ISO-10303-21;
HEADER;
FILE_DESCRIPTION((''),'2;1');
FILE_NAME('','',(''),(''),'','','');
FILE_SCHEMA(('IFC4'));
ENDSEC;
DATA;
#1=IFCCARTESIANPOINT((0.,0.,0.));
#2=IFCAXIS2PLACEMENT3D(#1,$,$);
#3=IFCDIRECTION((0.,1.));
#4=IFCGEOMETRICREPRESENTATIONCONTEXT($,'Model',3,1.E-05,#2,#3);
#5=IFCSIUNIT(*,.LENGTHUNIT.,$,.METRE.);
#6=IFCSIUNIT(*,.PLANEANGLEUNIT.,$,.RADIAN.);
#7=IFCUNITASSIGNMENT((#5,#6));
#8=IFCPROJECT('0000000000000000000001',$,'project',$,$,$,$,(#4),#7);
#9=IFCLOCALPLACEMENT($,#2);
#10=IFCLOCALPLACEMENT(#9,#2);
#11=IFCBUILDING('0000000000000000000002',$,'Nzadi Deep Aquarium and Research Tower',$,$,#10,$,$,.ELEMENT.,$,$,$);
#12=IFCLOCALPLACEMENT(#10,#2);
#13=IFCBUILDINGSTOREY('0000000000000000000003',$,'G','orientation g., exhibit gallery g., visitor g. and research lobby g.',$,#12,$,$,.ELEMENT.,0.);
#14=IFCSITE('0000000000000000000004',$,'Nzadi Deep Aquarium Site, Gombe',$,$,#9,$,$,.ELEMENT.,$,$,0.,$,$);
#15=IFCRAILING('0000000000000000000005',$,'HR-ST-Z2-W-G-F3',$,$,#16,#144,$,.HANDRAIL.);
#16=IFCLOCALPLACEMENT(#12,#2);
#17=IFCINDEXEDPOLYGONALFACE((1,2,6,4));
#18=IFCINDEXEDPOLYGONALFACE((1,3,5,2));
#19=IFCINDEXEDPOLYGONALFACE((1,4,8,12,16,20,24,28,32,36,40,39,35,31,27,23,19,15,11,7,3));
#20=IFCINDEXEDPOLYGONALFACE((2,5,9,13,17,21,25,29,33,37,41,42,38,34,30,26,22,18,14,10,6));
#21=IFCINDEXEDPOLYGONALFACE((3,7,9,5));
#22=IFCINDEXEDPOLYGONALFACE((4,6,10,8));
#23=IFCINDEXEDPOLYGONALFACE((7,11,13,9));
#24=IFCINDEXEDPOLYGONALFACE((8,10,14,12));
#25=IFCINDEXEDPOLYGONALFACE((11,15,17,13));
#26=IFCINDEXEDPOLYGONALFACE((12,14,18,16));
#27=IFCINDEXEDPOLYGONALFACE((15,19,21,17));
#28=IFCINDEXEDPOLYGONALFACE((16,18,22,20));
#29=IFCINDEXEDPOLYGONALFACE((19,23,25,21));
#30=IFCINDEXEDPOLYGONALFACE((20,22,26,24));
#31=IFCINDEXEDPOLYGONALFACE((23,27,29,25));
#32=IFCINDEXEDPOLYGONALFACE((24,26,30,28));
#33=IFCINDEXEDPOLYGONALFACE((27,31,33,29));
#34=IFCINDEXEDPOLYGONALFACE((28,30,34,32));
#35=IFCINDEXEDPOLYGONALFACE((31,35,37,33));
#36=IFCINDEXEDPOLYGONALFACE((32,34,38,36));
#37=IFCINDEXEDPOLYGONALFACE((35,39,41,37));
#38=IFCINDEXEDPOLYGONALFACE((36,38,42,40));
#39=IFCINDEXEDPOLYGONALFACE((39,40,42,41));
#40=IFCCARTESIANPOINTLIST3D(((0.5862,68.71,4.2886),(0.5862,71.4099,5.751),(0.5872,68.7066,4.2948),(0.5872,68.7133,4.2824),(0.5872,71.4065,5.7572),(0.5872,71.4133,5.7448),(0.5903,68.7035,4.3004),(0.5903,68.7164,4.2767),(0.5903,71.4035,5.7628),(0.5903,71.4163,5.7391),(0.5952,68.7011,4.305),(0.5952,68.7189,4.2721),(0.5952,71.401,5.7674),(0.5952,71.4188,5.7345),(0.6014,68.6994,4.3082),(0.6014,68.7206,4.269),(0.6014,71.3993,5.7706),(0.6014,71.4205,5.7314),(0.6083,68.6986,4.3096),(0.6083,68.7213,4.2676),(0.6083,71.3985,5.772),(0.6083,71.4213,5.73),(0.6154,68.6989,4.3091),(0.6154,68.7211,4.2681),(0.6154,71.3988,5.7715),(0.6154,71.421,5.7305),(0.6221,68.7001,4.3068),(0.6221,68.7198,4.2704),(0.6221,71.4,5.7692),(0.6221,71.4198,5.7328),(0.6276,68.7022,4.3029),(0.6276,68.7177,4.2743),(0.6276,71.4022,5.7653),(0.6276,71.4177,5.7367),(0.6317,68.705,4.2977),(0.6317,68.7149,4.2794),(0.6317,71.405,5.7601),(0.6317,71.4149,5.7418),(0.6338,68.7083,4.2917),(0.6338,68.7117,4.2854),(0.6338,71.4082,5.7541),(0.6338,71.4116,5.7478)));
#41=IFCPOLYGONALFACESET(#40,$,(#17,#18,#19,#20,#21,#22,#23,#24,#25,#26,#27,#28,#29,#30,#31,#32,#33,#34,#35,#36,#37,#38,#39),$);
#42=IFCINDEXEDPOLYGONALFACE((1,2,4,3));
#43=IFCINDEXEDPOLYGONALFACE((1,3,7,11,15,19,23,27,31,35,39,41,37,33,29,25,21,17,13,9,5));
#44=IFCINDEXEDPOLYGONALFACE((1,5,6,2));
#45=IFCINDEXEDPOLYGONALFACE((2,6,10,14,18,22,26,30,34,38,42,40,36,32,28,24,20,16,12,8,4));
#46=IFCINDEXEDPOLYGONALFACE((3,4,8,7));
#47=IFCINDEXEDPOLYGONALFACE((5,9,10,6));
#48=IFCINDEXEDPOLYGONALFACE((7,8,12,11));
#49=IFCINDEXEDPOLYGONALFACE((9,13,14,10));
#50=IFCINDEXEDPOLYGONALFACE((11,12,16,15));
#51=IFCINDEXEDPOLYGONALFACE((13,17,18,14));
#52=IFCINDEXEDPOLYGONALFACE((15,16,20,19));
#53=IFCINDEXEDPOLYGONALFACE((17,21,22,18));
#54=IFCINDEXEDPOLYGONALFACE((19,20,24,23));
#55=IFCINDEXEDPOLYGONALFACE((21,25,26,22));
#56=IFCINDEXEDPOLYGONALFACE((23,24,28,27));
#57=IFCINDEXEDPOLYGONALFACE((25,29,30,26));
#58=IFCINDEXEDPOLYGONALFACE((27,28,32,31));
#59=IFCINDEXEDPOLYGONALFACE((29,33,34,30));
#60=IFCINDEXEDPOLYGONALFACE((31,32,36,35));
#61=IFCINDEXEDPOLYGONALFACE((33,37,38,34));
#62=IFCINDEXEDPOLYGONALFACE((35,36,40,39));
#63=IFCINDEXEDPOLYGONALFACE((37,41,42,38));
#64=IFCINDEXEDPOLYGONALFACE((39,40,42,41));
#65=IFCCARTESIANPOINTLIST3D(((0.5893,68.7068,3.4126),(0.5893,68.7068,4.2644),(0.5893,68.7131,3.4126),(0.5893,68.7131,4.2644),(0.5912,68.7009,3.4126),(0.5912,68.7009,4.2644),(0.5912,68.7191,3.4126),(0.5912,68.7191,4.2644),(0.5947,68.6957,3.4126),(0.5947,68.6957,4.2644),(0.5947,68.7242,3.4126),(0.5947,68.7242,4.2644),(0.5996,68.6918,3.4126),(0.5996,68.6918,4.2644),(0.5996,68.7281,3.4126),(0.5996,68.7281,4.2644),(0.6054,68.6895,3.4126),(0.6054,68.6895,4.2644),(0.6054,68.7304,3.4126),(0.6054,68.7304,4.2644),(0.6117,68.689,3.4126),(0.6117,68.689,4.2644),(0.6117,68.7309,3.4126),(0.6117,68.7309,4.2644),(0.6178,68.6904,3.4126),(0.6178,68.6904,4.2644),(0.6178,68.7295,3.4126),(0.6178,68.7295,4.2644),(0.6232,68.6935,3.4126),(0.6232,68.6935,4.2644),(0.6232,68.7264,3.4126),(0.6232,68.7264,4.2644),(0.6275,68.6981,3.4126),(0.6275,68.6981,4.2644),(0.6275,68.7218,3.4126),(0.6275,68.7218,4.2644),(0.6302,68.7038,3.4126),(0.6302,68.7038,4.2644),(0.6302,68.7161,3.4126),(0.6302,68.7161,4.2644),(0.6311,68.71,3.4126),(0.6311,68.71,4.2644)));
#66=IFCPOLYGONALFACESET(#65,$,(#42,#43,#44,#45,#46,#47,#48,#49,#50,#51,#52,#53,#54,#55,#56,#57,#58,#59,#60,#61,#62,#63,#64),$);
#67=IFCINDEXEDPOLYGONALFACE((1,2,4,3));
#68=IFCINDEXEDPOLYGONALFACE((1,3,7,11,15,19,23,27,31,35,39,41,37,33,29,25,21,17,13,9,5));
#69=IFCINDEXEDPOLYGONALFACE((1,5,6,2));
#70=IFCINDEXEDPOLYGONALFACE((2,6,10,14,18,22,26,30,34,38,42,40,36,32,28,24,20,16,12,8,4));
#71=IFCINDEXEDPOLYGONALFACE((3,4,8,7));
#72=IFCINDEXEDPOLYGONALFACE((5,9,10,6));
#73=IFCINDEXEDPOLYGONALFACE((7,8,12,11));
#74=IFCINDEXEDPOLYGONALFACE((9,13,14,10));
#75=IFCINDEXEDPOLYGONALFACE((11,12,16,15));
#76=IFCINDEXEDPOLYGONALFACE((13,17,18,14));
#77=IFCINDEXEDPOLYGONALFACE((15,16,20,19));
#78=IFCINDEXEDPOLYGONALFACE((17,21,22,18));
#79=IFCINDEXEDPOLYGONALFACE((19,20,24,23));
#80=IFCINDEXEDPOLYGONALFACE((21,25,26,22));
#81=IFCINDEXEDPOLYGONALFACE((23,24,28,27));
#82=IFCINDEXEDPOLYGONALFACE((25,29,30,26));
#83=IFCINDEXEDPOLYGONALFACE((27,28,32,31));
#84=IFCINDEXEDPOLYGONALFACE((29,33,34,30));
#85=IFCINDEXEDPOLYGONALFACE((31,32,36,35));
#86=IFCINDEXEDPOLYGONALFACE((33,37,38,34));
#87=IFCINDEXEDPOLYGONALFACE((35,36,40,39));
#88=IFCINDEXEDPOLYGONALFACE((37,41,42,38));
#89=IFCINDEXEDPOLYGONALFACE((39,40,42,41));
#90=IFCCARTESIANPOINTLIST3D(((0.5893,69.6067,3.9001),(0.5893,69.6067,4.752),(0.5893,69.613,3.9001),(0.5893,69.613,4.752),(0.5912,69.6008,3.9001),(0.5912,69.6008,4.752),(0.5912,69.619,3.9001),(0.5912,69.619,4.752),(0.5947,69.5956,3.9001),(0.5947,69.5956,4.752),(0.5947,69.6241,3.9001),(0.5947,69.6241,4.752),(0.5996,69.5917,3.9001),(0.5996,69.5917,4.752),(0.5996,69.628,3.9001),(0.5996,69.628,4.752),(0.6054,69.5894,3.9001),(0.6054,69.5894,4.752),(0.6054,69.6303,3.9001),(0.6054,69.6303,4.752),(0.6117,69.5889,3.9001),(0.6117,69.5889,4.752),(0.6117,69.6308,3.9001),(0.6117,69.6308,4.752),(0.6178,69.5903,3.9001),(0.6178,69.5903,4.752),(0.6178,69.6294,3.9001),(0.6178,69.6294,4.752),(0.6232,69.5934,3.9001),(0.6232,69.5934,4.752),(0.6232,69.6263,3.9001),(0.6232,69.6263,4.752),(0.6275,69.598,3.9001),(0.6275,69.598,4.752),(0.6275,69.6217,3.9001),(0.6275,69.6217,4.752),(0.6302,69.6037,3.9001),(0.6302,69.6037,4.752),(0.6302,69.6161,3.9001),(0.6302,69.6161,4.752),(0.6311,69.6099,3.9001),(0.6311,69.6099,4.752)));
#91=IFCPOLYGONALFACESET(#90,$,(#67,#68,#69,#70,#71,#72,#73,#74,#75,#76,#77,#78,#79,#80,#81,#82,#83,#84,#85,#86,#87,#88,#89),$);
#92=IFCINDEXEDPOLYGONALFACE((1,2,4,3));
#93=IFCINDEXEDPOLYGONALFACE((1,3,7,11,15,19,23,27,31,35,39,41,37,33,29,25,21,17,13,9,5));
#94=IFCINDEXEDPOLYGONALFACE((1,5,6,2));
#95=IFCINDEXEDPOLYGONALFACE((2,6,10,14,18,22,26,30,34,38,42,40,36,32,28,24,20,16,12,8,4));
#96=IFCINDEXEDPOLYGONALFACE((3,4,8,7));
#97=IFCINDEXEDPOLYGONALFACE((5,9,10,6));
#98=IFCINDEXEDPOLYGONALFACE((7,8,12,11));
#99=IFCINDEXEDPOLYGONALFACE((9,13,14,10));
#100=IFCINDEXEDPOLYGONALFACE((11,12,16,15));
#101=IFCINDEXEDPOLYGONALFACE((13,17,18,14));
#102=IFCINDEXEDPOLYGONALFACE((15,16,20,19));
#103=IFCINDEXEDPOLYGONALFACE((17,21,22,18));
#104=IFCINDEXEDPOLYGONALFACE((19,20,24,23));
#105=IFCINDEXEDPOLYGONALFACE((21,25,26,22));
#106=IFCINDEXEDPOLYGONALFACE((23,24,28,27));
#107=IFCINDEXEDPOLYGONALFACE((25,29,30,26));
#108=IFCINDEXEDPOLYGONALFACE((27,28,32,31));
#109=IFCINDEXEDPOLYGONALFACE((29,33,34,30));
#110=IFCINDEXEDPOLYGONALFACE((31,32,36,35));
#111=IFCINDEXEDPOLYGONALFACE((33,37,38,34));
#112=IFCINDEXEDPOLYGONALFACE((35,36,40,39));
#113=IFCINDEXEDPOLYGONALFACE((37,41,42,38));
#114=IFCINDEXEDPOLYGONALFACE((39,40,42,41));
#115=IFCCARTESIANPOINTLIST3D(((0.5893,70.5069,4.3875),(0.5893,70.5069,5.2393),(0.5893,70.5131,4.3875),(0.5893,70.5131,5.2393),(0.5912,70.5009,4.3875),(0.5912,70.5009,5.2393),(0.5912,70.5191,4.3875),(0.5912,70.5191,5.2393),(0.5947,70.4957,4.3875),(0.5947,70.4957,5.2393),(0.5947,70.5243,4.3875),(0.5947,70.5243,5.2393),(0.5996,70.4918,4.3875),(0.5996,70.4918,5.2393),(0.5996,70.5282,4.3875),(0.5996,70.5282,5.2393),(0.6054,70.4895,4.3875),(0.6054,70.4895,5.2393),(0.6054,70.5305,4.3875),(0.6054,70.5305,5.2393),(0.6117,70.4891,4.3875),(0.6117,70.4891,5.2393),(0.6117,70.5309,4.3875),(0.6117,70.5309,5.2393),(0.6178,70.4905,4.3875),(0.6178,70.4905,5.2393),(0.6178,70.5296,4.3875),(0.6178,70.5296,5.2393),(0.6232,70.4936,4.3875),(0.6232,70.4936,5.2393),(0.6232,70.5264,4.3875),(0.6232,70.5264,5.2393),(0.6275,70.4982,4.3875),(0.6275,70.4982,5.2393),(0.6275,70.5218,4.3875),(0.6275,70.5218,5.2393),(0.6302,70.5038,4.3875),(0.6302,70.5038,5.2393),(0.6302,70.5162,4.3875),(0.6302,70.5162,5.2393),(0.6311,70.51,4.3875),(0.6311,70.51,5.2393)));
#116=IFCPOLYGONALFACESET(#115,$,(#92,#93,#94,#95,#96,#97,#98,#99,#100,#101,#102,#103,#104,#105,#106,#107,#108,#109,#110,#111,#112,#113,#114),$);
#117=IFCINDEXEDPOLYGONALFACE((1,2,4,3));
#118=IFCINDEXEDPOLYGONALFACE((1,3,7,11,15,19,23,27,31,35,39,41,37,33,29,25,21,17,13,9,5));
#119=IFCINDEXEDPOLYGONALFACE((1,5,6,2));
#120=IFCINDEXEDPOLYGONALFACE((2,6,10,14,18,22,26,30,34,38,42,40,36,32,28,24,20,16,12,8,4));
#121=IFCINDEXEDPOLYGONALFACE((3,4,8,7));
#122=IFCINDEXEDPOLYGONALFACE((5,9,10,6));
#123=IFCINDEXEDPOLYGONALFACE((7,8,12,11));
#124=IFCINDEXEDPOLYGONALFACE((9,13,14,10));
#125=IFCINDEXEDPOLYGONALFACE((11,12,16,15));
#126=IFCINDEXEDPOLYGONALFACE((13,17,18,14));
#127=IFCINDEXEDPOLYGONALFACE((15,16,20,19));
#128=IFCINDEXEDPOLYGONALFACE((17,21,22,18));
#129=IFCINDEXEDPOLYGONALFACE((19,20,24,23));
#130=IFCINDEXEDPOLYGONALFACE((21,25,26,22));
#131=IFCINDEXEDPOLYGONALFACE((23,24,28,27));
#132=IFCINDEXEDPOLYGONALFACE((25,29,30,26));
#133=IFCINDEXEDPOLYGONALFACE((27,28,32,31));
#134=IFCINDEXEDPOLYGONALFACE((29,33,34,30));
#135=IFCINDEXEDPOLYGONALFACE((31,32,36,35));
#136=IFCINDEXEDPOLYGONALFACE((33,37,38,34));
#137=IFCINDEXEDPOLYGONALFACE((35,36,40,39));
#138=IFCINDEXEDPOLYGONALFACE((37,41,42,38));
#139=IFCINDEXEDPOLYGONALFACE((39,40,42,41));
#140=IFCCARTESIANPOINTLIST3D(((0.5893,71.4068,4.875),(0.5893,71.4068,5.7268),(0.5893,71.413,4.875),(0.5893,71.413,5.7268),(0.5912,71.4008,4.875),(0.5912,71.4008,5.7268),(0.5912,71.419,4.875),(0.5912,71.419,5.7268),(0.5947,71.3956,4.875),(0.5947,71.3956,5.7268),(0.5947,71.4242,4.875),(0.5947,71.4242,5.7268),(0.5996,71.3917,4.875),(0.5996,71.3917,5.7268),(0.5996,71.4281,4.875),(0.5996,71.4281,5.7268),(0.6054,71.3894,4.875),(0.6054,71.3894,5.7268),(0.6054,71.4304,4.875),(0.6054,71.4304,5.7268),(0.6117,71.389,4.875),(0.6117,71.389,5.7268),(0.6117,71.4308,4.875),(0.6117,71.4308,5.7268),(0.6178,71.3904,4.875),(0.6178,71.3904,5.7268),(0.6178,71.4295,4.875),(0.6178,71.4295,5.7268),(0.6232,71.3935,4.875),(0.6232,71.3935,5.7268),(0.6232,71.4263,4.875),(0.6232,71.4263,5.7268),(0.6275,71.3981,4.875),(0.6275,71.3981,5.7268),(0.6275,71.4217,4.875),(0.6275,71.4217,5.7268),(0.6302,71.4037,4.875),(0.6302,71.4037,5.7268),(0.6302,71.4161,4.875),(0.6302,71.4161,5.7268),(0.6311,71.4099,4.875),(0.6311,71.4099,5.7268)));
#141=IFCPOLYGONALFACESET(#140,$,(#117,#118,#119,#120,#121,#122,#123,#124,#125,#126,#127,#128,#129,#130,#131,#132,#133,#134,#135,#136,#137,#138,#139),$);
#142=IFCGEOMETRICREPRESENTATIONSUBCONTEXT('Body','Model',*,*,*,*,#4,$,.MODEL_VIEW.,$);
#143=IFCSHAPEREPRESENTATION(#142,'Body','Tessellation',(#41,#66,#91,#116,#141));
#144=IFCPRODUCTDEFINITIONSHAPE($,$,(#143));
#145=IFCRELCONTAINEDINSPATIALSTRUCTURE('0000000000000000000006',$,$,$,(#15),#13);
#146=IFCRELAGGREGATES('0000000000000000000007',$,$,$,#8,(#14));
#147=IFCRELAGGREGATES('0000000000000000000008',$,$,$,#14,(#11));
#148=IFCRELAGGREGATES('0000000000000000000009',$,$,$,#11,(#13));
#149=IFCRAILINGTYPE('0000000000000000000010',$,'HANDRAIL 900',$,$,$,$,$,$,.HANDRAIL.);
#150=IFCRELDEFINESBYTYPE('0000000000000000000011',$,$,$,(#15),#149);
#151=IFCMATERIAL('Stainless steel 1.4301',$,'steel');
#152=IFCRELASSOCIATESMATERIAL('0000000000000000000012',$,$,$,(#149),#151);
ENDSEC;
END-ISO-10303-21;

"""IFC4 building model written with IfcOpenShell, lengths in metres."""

from ifc_helpers import new_model, si_unit, direction, frame, origin, origin_2d, place, context, subcontext, project, spatial, circle, extrude, material, type_object, element, save


model = new_model("IFC4")

# Units and contexts
model_context = context("Model", 3, precision=1e-05, world=origin(), true_north=direction((0.0, 1.0)))
body_context = subcontext(model_context, "Body", "Model", "MODEL_VIEW")
ifc_project = project(units=[si_unit("LENGTHUNIT", "METRE"), si_unit("PLANEANGLEUNIT", "RADIAN")], contexts=[model_context])

# Site, building, storey
site_placement = place(None, origin())
site = spatial("IfcSite", under=ifc_project, at=site_placement, Name="Nzadi Deep Aquarium Site, Gombe", CompositionType="ELEMENT", RefElevation=0.0)
building_placement = place(site_placement, origin())
building = spatial("IfcBuilding", under=site, at=building_placement, Name="Nzadi Deep Aquarium and Research Tower", CompositionType="ELEMENT")
storey_placement = place(building_placement, origin())
storey = spatial("IfcBuildingStorey", under=building, at=storey_placement, Name="G", Description="orientation g., exhibit gallery g., visitor g. and research lobby g.", CompositionType="ELEMENT", Elevation=0.0)

# Railing
ifc_material_1 = material(Name="Stainless steel 1.4301", Category="steel")
railing_type = type_object("IfcRailingType", Name="HANDRAIL 900", PredefinedType="HANDRAIL", material=ifc_material_1)
for number, where, name in (
    (1, (0.6101, 68.71, 3.4126), "HR-ST-Z2-W-G-F3"),
):
    element("IfcRailing", number, at=place(storey_placement, frame(where)), inside=storey, type_object=railing_type, Name=name, PredefinedType="HANDRAIL", context=body_context, shape_type="SweptSolid", body=[
        extrude(circle(Radius=0.0239, at=origin_2d()), frame((0.0, 0.0, 0.876), z_axis=(0.0, 0.879302, 0.476265), x_axis=(-1.0, 0.0, 0.0)), (0.0, 0.0, 1.0), 3.0706),
        extrude(circle(Radius=0.021, at=origin_2d()), origin(), (0.0, 0.0, 1.0), 0.8518),
        extrude(circle(Radius=0.021, at=origin_2d()), frame((0.0, 0.8999, 0.4875)), (0.0, 0.0, 1.0), 0.8518),
        extrude(circle(Radius=0.021, at=origin_2d()), frame((0.0, 1.8, 0.9749)), (0.0, 0.0, 1.0), 0.8518),
        extrude(circle(Radius=0.021, at=origin_2d()), frame((0.0, 2.7, 1.4624)), (0.0, 0.0, 1.0), 0.8518),
    ])

save(model, "model.ifc")
